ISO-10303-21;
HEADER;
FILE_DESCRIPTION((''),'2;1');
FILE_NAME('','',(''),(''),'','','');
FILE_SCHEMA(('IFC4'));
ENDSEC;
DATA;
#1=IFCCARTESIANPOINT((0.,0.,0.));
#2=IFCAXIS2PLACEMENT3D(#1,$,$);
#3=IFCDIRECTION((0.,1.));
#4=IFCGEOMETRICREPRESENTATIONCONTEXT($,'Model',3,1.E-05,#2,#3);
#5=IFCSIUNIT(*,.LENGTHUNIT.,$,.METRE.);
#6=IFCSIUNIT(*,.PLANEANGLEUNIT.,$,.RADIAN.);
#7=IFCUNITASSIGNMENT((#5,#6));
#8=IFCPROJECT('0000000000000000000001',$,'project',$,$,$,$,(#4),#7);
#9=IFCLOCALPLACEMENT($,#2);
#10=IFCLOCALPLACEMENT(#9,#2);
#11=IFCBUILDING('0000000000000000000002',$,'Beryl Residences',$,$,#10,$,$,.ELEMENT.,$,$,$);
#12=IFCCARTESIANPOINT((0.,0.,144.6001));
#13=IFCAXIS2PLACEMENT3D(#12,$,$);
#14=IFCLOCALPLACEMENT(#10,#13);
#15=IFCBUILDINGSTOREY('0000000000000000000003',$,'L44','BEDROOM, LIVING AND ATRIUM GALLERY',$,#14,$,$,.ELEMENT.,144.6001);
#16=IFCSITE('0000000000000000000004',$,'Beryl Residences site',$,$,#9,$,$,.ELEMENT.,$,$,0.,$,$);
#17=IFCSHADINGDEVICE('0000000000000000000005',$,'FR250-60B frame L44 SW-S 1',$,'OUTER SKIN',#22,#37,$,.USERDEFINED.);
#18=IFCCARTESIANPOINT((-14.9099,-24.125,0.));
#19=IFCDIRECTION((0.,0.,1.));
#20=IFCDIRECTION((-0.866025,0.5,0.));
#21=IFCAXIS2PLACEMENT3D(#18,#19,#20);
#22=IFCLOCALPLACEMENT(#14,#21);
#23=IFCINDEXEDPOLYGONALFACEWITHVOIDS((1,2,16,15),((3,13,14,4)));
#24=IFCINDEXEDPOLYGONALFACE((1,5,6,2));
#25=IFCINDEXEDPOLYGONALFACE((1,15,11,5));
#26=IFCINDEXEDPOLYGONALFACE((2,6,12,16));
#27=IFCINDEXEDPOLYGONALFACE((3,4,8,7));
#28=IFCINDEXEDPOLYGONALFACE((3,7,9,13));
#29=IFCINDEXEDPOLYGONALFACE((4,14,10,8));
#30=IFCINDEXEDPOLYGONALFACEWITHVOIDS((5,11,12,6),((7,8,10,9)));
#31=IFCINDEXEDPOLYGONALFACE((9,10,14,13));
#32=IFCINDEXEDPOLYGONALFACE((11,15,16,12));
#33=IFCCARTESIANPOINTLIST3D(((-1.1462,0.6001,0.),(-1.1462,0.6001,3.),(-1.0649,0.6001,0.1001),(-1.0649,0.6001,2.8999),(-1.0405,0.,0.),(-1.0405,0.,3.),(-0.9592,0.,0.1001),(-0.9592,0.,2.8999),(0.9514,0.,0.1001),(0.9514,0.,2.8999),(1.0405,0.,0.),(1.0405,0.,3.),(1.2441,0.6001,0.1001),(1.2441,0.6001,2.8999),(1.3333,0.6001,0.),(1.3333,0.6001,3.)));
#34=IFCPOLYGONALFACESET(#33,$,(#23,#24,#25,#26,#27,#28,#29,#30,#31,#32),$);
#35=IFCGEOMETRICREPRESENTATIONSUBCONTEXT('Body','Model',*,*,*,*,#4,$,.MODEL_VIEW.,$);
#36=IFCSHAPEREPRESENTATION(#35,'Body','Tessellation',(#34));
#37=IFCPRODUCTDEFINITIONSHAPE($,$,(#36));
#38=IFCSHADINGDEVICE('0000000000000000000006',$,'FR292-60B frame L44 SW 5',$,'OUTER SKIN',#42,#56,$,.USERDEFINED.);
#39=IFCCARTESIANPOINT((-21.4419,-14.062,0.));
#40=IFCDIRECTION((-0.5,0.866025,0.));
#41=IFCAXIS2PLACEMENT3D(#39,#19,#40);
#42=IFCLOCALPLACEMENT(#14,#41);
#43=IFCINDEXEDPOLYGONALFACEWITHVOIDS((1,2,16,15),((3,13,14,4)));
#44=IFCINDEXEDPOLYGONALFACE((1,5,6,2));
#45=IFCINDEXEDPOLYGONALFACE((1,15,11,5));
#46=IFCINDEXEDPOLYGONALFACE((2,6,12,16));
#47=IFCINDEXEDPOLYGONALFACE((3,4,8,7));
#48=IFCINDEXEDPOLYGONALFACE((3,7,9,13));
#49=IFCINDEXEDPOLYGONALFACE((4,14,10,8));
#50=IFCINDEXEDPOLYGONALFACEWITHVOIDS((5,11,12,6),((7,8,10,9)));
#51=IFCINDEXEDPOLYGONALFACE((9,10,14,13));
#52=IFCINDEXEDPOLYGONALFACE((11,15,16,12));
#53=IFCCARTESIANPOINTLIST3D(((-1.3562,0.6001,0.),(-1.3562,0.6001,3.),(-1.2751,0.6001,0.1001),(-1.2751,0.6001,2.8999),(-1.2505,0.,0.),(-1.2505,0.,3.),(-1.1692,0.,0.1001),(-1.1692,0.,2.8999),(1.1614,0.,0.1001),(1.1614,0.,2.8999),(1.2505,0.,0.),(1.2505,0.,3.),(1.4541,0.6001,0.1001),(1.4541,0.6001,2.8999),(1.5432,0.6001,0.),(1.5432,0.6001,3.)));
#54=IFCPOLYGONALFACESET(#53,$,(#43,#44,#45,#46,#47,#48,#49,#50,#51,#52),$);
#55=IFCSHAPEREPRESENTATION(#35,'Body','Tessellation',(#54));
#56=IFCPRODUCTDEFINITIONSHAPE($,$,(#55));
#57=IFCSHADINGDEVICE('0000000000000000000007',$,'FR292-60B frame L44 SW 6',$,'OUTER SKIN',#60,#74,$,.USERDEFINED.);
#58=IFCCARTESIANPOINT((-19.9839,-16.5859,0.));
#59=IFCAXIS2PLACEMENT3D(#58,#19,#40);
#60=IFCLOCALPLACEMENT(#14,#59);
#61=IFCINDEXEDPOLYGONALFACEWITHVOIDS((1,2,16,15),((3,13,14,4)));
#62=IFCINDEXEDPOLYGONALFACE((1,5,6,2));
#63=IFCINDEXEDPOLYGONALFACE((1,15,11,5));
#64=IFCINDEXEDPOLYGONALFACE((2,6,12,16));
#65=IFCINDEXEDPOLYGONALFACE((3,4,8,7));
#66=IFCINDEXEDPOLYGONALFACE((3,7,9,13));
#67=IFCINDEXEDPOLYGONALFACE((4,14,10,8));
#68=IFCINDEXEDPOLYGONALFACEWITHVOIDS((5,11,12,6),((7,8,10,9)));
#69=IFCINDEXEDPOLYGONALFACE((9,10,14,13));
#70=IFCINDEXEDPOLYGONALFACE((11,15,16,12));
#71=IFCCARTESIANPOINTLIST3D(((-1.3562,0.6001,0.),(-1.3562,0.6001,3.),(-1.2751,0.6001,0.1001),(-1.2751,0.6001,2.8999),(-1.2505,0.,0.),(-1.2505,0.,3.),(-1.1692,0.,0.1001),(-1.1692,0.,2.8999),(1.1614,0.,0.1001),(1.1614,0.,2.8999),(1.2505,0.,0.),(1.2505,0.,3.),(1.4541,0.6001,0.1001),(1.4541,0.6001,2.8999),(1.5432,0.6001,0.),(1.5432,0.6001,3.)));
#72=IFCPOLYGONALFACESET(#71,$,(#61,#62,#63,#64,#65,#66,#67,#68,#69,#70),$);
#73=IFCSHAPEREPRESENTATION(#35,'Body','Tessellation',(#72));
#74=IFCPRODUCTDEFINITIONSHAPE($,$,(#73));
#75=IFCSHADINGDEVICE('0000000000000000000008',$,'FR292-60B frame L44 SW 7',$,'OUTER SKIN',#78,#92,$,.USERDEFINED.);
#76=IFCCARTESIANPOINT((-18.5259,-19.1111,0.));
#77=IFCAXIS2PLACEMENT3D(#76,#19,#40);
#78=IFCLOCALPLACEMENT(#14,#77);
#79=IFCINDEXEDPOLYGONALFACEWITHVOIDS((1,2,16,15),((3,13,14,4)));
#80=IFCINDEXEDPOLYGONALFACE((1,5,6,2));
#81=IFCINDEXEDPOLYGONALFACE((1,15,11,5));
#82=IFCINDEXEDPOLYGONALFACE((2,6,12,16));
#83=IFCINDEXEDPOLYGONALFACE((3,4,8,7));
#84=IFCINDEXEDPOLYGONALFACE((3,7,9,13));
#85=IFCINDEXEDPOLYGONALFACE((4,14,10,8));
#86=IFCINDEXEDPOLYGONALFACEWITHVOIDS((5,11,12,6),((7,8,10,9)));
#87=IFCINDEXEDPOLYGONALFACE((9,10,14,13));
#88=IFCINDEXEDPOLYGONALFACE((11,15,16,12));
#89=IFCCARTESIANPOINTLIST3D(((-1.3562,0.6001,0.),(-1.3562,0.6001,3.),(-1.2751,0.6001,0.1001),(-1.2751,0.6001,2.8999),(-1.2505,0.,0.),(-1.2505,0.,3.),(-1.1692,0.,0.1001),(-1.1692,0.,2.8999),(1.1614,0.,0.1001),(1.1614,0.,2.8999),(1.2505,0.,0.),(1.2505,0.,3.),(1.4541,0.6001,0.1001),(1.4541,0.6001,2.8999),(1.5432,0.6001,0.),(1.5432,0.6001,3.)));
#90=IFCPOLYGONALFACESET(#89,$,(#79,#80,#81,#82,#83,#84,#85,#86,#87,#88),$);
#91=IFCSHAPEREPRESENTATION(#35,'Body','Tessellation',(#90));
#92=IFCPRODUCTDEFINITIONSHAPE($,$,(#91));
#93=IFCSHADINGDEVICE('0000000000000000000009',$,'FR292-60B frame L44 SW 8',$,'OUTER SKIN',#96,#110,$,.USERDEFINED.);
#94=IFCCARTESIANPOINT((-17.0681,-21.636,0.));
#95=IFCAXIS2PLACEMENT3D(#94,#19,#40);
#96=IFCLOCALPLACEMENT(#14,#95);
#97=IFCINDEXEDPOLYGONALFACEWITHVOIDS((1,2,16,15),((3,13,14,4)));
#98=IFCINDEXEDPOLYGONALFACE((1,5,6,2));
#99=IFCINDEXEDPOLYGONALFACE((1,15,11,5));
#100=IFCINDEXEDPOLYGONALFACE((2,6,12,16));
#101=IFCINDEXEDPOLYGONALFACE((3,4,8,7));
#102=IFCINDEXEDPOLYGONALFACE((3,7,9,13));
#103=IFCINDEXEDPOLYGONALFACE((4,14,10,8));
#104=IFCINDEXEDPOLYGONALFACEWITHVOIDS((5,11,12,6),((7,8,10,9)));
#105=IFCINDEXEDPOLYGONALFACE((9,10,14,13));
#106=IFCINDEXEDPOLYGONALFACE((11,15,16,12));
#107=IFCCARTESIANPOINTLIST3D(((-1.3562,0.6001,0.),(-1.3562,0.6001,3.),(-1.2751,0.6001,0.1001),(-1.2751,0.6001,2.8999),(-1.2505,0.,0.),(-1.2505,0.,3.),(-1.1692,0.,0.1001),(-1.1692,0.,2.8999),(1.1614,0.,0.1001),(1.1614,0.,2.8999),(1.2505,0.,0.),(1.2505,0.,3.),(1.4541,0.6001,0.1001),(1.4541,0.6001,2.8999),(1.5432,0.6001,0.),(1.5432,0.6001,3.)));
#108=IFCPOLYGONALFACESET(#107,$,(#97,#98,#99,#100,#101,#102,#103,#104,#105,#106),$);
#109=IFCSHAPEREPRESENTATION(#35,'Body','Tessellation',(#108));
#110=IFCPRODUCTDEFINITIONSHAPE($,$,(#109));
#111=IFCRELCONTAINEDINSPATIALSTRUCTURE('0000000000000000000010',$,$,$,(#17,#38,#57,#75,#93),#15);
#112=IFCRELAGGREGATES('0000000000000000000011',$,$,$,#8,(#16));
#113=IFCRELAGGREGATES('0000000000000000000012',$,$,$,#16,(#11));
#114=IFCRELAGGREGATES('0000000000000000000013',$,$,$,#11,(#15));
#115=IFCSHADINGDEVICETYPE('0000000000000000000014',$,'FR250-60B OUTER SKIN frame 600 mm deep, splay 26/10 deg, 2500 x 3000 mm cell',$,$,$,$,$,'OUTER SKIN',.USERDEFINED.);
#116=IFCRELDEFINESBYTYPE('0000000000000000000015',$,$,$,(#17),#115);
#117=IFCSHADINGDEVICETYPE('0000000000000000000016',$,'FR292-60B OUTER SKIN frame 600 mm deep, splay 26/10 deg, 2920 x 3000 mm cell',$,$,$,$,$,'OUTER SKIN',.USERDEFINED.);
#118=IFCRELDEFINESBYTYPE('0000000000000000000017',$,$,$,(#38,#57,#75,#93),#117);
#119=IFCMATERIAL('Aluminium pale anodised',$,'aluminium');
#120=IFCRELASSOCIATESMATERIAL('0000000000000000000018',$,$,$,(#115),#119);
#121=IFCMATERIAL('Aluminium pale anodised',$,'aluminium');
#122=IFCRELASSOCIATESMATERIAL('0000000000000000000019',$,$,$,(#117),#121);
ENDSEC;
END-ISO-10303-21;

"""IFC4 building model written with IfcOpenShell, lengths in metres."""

from ifc_helpers import new_model, entity, si_unit, direction, frame, origin, place, context, subcontext, project, spatial, source, transform, mapped, material, type_object, type_shapes, element, save


model = new_model("IFC4")

# Units and contexts
model_context = context("Model", 3, precision=1e-05, world=origin(), true_north=direction((0.0, 1.0)))
body_context = subcontext(model_context, "Body", "Model", "MODEL_VIEW")
ifc_project = project(units=[si_unit("LENGTHUNIT", "METRE"), si_unit("PLANEANGLEUNIT", "RADIAN")], contexts=[model_context])

# Site, building, storey
site_placement = place(None, origin())
site = spatial("IfcSite", under=ifc_project, at=site_placement, Name="Beryl Residences site", CompositionType="ELEMENT", RefElevation=0.0)
building_placement = place(site_placement, origin())
building = spatial("IfcBuilding", under=site, at=building_placement, Name="Beryl Residences", CompositionType="ELEMENT")
storey_placement = place(building_placement, frame((0.0, 0.0, 144.6001)))
storey = spatial("IfcBuildingStorey", under=building, at=storey_placement, Name="L44", Description="BEDROOM, LIVING AND ATRIUM GALLERY", CompositionType="ELEMENT", Elevation=144.6001)

# Shading devices
ifc_material_1 = material(Name="Aluminium pale anodised", Category="aluminium")
shading_device_type_1 = type_object("IfcShadingDeviceType", Name="FR250-60B OUTER SKIN frame 600 mm deep, splay 26/10 deg, 2500 x 3000 mm cell", ElementType="OUTER SKIN", PredefinedType="USERDEFINED", material=ifc_material_1)
cartesian_point_1 = entity("IfcCartesianPoint", [-1.0405, 0.0])
cartesian_point_2 = entity("IfcCartesianPoint", [-0.9514, 0.1001])
cartesian_point_3 = entity("IfcCartesianPoint", [-1.3333, 0.0])
cartesian_point_4 = entity("IfcCartesianPoint", [-1.2441, 0.1001])
shared_shape_1 = source(origin(), body_context, "Body", "SweptSolid", [
    entity("IfcExtrudedAreaSolidTapered", entity("IfcArbitraryProfileDefWithVoids", "AREA", None, entity("IfcPolyline", [cartesian_point_1, entity("IfcCartesianPoint", [1.0405, 0.0]), entity("IfcCartesianPoint", [1.0405, 3.0]), entity("IfcCartesianPoint", [-1.0405, 3.0]), cartesian_point_1]), [entity("IfcPolyline", [cartesian_point_2, entity("IfcCartesianPoint", [0.9592, 0.1001]), entity("IfcCartesianPoint", [0.9592, 2.8999]), entity("IfcCartesianPoint", [-0.9514, 2.8999]), cartesian_point_2])]), entity("IfcAxis2Placement3D", entity("IfcCartesianPoint", [0.0, 0.0, 0.0]), entity("IfcDirection", [0.0, 1.0, 0.0]), entity("IfcDirection", [-1.0, 0.0, 0.0])), entity("IfcDirection", [0.0, 0.0, 1.0]), 0.6001, entity("IfcArbitraryProfileDefWithVoids", "AREA", None, entity("IfcPolyline", [cartesian_point_3, entity("IfcCartesianPoint", [1.1462, 0.0]), entity("IfcCartesianPoint", [1.1462, 3.0]), entity("IfcCartesianPoint", [-1.3333, 3.0]), cartesian_point_3]), [entity("IfcPolyline", [cartesian_point_4, entity("IfcCartesianPoint", [1.0649, 0.1001]), entity("IfcCartesianPoint", [1.0649, 2.8999]), entity("IfcCartesianPoint", [-1.2441, 2.8999]), cartesian_point_4])])),
])
type_shapes(shading_device_type_1, [shared_shape_1])
shading_device_placement = place(storey_placement, frame((-14.9099, -24.125, 0.0), z_axis=(0.0, 0.0, 1.0), x_axis=(-0.866025, 0.5, 0.0)))
element("IfcShadingDevice", 1, at=shading_device_placement, inside=storey, type_object=shading_device_type_1, Name="FR250-60B frame L44 SW-S 1", ObjectType="OUTER SKIN", PredefinedType="USERDEFINED", context=body_context, shape_type="MappedRepresentation", body=[
    mapped(shared_shape_1, transform((0.0, 0.0, 0.0))),
])
ifc_material_2 = material(Name="Aluminium pale anodised", Category="aluminium")
shading_device_type_2 = type_object("IfcShadingDeviceType", Name="FR292-60B OUTER SKIN frame 600 mm deep, splay 26/10 deg, 2920 x 3000 mm cell", ElementType="OUTER SKIN", PredefinedType="USERDEFINED", material=ifc_material_2)
cartesian_point_5 = entity("IfcCartesianPoint", [-1.2505, 0.0])
cartesian_point_6 = entity("IfcCartesianPoint", [-1.1614, 0.1001])
cartesian_point_7 = entity("IfcCartesianPoint", [-1.5432, 0.0])
cartesian_point_8 = entity("IfcCartesianPoint", [-1.4541, 0.1001])
shared_shape_2 = source(origin(), body_context, "Body", "SweptSolid", [
    entity("IfcExtrudedAreaSolidTapered", entity("IfcArbitraryProfileDefWithVoids", "AREA", None, entity("IfcPolyline", [cartesian_point_5, entity("IfcCartesianPoint", [1.2505, 0.0]), entity("IfcCartesianPoint", [1.2505, 3.0]), entity("IfcCartesianPoint", [-1.2505, 3.0]), cartesian_point_5]), [entity("IfcPolyline", [cartesian_point_6, entity("IfcCartesianPoint", [1.1692, 0.1001]), entity("IfcCartesianPoint", [1.1692, 2.8999]), entity("IfcCartesianPoint", [-1.1614, 2.8999]), cartesian_point_6])]), entity("IfcAxis2Placement3D", entity("IfcCartesianPoint", [0.0, 0.0, 0.0]), entity("IfcDirection", [0.0, 1.0, 0.0]), entity("IfcDirection", [-1.0, 0.0, 0.0])), entity("IfcDirection", [0.0, 0.0, 1.0]), 0.6001, entity("IfcArbitraryProfileDefWithVoids", "AREA", None, entity("IfcPolyline", [cartesian_point_7, entity("IfcCartesianPoint", [1.3562, 0.0]), entity("IfcCartesianPoint", [1.3562, 3.0]), entity("IfcCartesianPoint", [-1.5432, 3.0]), cartesian_point_7]), [entity("IfcPolyline", [cartesian_point_8, entity("IfcCartesianPoint", [1.2751, 0.1001]), entity("IfcCartesianPoint", [1.2751, 2.8999]), entity("IfcCartesianPoint", [-1.4541, 2.8999]), cartesian_point_8])])),
])
type_shapes(shading_device_type_2, [shared_shape_2])
for number, where, z_axis, x_axis, name in (
    (2, (-21.4419, -14.062, 0.0), (0.0, 0.0, 1.0), (-0.5, 0.866025, 0.0), "FR292-60B frame L44 SW 5"),
    (3, (-19.9839, -16.5859, 0.0), (0.0, 0.0, 1.0), (-0.5, 0.866025, 0.0), "FR292-60B frame L44 SW 6"),
    (4, (-18.5259, -19.1111, 0.0), (0.0, 0.0, 1.0), (-0.5, 0.866025, 0.0), "FR292-60B frame L44 SW 7"),
    (5, (-17.0681, -21.636, 0.0), (0.0, 0.0, 1.0), (-0.5, 0.866025, 0.0), "FR292-60B frame L44 SW 8"),
):
    element("IfcShadingDevice", number, at=place(storey_placement, frame(where, z_axis=z_axis, x_axis=x_axis)), inside=storey, type_object=shading_device_type_2, Name=name, ObjectType="OUTER SKIN", PredefinedType="USERDEFINED", context=body_context, shape_type="MappedRepresentation", body=[
        mapped(shared_shape_2, transform((0.0, 0.0, 0.0))),
    ])

save(model, "model.ifc")
